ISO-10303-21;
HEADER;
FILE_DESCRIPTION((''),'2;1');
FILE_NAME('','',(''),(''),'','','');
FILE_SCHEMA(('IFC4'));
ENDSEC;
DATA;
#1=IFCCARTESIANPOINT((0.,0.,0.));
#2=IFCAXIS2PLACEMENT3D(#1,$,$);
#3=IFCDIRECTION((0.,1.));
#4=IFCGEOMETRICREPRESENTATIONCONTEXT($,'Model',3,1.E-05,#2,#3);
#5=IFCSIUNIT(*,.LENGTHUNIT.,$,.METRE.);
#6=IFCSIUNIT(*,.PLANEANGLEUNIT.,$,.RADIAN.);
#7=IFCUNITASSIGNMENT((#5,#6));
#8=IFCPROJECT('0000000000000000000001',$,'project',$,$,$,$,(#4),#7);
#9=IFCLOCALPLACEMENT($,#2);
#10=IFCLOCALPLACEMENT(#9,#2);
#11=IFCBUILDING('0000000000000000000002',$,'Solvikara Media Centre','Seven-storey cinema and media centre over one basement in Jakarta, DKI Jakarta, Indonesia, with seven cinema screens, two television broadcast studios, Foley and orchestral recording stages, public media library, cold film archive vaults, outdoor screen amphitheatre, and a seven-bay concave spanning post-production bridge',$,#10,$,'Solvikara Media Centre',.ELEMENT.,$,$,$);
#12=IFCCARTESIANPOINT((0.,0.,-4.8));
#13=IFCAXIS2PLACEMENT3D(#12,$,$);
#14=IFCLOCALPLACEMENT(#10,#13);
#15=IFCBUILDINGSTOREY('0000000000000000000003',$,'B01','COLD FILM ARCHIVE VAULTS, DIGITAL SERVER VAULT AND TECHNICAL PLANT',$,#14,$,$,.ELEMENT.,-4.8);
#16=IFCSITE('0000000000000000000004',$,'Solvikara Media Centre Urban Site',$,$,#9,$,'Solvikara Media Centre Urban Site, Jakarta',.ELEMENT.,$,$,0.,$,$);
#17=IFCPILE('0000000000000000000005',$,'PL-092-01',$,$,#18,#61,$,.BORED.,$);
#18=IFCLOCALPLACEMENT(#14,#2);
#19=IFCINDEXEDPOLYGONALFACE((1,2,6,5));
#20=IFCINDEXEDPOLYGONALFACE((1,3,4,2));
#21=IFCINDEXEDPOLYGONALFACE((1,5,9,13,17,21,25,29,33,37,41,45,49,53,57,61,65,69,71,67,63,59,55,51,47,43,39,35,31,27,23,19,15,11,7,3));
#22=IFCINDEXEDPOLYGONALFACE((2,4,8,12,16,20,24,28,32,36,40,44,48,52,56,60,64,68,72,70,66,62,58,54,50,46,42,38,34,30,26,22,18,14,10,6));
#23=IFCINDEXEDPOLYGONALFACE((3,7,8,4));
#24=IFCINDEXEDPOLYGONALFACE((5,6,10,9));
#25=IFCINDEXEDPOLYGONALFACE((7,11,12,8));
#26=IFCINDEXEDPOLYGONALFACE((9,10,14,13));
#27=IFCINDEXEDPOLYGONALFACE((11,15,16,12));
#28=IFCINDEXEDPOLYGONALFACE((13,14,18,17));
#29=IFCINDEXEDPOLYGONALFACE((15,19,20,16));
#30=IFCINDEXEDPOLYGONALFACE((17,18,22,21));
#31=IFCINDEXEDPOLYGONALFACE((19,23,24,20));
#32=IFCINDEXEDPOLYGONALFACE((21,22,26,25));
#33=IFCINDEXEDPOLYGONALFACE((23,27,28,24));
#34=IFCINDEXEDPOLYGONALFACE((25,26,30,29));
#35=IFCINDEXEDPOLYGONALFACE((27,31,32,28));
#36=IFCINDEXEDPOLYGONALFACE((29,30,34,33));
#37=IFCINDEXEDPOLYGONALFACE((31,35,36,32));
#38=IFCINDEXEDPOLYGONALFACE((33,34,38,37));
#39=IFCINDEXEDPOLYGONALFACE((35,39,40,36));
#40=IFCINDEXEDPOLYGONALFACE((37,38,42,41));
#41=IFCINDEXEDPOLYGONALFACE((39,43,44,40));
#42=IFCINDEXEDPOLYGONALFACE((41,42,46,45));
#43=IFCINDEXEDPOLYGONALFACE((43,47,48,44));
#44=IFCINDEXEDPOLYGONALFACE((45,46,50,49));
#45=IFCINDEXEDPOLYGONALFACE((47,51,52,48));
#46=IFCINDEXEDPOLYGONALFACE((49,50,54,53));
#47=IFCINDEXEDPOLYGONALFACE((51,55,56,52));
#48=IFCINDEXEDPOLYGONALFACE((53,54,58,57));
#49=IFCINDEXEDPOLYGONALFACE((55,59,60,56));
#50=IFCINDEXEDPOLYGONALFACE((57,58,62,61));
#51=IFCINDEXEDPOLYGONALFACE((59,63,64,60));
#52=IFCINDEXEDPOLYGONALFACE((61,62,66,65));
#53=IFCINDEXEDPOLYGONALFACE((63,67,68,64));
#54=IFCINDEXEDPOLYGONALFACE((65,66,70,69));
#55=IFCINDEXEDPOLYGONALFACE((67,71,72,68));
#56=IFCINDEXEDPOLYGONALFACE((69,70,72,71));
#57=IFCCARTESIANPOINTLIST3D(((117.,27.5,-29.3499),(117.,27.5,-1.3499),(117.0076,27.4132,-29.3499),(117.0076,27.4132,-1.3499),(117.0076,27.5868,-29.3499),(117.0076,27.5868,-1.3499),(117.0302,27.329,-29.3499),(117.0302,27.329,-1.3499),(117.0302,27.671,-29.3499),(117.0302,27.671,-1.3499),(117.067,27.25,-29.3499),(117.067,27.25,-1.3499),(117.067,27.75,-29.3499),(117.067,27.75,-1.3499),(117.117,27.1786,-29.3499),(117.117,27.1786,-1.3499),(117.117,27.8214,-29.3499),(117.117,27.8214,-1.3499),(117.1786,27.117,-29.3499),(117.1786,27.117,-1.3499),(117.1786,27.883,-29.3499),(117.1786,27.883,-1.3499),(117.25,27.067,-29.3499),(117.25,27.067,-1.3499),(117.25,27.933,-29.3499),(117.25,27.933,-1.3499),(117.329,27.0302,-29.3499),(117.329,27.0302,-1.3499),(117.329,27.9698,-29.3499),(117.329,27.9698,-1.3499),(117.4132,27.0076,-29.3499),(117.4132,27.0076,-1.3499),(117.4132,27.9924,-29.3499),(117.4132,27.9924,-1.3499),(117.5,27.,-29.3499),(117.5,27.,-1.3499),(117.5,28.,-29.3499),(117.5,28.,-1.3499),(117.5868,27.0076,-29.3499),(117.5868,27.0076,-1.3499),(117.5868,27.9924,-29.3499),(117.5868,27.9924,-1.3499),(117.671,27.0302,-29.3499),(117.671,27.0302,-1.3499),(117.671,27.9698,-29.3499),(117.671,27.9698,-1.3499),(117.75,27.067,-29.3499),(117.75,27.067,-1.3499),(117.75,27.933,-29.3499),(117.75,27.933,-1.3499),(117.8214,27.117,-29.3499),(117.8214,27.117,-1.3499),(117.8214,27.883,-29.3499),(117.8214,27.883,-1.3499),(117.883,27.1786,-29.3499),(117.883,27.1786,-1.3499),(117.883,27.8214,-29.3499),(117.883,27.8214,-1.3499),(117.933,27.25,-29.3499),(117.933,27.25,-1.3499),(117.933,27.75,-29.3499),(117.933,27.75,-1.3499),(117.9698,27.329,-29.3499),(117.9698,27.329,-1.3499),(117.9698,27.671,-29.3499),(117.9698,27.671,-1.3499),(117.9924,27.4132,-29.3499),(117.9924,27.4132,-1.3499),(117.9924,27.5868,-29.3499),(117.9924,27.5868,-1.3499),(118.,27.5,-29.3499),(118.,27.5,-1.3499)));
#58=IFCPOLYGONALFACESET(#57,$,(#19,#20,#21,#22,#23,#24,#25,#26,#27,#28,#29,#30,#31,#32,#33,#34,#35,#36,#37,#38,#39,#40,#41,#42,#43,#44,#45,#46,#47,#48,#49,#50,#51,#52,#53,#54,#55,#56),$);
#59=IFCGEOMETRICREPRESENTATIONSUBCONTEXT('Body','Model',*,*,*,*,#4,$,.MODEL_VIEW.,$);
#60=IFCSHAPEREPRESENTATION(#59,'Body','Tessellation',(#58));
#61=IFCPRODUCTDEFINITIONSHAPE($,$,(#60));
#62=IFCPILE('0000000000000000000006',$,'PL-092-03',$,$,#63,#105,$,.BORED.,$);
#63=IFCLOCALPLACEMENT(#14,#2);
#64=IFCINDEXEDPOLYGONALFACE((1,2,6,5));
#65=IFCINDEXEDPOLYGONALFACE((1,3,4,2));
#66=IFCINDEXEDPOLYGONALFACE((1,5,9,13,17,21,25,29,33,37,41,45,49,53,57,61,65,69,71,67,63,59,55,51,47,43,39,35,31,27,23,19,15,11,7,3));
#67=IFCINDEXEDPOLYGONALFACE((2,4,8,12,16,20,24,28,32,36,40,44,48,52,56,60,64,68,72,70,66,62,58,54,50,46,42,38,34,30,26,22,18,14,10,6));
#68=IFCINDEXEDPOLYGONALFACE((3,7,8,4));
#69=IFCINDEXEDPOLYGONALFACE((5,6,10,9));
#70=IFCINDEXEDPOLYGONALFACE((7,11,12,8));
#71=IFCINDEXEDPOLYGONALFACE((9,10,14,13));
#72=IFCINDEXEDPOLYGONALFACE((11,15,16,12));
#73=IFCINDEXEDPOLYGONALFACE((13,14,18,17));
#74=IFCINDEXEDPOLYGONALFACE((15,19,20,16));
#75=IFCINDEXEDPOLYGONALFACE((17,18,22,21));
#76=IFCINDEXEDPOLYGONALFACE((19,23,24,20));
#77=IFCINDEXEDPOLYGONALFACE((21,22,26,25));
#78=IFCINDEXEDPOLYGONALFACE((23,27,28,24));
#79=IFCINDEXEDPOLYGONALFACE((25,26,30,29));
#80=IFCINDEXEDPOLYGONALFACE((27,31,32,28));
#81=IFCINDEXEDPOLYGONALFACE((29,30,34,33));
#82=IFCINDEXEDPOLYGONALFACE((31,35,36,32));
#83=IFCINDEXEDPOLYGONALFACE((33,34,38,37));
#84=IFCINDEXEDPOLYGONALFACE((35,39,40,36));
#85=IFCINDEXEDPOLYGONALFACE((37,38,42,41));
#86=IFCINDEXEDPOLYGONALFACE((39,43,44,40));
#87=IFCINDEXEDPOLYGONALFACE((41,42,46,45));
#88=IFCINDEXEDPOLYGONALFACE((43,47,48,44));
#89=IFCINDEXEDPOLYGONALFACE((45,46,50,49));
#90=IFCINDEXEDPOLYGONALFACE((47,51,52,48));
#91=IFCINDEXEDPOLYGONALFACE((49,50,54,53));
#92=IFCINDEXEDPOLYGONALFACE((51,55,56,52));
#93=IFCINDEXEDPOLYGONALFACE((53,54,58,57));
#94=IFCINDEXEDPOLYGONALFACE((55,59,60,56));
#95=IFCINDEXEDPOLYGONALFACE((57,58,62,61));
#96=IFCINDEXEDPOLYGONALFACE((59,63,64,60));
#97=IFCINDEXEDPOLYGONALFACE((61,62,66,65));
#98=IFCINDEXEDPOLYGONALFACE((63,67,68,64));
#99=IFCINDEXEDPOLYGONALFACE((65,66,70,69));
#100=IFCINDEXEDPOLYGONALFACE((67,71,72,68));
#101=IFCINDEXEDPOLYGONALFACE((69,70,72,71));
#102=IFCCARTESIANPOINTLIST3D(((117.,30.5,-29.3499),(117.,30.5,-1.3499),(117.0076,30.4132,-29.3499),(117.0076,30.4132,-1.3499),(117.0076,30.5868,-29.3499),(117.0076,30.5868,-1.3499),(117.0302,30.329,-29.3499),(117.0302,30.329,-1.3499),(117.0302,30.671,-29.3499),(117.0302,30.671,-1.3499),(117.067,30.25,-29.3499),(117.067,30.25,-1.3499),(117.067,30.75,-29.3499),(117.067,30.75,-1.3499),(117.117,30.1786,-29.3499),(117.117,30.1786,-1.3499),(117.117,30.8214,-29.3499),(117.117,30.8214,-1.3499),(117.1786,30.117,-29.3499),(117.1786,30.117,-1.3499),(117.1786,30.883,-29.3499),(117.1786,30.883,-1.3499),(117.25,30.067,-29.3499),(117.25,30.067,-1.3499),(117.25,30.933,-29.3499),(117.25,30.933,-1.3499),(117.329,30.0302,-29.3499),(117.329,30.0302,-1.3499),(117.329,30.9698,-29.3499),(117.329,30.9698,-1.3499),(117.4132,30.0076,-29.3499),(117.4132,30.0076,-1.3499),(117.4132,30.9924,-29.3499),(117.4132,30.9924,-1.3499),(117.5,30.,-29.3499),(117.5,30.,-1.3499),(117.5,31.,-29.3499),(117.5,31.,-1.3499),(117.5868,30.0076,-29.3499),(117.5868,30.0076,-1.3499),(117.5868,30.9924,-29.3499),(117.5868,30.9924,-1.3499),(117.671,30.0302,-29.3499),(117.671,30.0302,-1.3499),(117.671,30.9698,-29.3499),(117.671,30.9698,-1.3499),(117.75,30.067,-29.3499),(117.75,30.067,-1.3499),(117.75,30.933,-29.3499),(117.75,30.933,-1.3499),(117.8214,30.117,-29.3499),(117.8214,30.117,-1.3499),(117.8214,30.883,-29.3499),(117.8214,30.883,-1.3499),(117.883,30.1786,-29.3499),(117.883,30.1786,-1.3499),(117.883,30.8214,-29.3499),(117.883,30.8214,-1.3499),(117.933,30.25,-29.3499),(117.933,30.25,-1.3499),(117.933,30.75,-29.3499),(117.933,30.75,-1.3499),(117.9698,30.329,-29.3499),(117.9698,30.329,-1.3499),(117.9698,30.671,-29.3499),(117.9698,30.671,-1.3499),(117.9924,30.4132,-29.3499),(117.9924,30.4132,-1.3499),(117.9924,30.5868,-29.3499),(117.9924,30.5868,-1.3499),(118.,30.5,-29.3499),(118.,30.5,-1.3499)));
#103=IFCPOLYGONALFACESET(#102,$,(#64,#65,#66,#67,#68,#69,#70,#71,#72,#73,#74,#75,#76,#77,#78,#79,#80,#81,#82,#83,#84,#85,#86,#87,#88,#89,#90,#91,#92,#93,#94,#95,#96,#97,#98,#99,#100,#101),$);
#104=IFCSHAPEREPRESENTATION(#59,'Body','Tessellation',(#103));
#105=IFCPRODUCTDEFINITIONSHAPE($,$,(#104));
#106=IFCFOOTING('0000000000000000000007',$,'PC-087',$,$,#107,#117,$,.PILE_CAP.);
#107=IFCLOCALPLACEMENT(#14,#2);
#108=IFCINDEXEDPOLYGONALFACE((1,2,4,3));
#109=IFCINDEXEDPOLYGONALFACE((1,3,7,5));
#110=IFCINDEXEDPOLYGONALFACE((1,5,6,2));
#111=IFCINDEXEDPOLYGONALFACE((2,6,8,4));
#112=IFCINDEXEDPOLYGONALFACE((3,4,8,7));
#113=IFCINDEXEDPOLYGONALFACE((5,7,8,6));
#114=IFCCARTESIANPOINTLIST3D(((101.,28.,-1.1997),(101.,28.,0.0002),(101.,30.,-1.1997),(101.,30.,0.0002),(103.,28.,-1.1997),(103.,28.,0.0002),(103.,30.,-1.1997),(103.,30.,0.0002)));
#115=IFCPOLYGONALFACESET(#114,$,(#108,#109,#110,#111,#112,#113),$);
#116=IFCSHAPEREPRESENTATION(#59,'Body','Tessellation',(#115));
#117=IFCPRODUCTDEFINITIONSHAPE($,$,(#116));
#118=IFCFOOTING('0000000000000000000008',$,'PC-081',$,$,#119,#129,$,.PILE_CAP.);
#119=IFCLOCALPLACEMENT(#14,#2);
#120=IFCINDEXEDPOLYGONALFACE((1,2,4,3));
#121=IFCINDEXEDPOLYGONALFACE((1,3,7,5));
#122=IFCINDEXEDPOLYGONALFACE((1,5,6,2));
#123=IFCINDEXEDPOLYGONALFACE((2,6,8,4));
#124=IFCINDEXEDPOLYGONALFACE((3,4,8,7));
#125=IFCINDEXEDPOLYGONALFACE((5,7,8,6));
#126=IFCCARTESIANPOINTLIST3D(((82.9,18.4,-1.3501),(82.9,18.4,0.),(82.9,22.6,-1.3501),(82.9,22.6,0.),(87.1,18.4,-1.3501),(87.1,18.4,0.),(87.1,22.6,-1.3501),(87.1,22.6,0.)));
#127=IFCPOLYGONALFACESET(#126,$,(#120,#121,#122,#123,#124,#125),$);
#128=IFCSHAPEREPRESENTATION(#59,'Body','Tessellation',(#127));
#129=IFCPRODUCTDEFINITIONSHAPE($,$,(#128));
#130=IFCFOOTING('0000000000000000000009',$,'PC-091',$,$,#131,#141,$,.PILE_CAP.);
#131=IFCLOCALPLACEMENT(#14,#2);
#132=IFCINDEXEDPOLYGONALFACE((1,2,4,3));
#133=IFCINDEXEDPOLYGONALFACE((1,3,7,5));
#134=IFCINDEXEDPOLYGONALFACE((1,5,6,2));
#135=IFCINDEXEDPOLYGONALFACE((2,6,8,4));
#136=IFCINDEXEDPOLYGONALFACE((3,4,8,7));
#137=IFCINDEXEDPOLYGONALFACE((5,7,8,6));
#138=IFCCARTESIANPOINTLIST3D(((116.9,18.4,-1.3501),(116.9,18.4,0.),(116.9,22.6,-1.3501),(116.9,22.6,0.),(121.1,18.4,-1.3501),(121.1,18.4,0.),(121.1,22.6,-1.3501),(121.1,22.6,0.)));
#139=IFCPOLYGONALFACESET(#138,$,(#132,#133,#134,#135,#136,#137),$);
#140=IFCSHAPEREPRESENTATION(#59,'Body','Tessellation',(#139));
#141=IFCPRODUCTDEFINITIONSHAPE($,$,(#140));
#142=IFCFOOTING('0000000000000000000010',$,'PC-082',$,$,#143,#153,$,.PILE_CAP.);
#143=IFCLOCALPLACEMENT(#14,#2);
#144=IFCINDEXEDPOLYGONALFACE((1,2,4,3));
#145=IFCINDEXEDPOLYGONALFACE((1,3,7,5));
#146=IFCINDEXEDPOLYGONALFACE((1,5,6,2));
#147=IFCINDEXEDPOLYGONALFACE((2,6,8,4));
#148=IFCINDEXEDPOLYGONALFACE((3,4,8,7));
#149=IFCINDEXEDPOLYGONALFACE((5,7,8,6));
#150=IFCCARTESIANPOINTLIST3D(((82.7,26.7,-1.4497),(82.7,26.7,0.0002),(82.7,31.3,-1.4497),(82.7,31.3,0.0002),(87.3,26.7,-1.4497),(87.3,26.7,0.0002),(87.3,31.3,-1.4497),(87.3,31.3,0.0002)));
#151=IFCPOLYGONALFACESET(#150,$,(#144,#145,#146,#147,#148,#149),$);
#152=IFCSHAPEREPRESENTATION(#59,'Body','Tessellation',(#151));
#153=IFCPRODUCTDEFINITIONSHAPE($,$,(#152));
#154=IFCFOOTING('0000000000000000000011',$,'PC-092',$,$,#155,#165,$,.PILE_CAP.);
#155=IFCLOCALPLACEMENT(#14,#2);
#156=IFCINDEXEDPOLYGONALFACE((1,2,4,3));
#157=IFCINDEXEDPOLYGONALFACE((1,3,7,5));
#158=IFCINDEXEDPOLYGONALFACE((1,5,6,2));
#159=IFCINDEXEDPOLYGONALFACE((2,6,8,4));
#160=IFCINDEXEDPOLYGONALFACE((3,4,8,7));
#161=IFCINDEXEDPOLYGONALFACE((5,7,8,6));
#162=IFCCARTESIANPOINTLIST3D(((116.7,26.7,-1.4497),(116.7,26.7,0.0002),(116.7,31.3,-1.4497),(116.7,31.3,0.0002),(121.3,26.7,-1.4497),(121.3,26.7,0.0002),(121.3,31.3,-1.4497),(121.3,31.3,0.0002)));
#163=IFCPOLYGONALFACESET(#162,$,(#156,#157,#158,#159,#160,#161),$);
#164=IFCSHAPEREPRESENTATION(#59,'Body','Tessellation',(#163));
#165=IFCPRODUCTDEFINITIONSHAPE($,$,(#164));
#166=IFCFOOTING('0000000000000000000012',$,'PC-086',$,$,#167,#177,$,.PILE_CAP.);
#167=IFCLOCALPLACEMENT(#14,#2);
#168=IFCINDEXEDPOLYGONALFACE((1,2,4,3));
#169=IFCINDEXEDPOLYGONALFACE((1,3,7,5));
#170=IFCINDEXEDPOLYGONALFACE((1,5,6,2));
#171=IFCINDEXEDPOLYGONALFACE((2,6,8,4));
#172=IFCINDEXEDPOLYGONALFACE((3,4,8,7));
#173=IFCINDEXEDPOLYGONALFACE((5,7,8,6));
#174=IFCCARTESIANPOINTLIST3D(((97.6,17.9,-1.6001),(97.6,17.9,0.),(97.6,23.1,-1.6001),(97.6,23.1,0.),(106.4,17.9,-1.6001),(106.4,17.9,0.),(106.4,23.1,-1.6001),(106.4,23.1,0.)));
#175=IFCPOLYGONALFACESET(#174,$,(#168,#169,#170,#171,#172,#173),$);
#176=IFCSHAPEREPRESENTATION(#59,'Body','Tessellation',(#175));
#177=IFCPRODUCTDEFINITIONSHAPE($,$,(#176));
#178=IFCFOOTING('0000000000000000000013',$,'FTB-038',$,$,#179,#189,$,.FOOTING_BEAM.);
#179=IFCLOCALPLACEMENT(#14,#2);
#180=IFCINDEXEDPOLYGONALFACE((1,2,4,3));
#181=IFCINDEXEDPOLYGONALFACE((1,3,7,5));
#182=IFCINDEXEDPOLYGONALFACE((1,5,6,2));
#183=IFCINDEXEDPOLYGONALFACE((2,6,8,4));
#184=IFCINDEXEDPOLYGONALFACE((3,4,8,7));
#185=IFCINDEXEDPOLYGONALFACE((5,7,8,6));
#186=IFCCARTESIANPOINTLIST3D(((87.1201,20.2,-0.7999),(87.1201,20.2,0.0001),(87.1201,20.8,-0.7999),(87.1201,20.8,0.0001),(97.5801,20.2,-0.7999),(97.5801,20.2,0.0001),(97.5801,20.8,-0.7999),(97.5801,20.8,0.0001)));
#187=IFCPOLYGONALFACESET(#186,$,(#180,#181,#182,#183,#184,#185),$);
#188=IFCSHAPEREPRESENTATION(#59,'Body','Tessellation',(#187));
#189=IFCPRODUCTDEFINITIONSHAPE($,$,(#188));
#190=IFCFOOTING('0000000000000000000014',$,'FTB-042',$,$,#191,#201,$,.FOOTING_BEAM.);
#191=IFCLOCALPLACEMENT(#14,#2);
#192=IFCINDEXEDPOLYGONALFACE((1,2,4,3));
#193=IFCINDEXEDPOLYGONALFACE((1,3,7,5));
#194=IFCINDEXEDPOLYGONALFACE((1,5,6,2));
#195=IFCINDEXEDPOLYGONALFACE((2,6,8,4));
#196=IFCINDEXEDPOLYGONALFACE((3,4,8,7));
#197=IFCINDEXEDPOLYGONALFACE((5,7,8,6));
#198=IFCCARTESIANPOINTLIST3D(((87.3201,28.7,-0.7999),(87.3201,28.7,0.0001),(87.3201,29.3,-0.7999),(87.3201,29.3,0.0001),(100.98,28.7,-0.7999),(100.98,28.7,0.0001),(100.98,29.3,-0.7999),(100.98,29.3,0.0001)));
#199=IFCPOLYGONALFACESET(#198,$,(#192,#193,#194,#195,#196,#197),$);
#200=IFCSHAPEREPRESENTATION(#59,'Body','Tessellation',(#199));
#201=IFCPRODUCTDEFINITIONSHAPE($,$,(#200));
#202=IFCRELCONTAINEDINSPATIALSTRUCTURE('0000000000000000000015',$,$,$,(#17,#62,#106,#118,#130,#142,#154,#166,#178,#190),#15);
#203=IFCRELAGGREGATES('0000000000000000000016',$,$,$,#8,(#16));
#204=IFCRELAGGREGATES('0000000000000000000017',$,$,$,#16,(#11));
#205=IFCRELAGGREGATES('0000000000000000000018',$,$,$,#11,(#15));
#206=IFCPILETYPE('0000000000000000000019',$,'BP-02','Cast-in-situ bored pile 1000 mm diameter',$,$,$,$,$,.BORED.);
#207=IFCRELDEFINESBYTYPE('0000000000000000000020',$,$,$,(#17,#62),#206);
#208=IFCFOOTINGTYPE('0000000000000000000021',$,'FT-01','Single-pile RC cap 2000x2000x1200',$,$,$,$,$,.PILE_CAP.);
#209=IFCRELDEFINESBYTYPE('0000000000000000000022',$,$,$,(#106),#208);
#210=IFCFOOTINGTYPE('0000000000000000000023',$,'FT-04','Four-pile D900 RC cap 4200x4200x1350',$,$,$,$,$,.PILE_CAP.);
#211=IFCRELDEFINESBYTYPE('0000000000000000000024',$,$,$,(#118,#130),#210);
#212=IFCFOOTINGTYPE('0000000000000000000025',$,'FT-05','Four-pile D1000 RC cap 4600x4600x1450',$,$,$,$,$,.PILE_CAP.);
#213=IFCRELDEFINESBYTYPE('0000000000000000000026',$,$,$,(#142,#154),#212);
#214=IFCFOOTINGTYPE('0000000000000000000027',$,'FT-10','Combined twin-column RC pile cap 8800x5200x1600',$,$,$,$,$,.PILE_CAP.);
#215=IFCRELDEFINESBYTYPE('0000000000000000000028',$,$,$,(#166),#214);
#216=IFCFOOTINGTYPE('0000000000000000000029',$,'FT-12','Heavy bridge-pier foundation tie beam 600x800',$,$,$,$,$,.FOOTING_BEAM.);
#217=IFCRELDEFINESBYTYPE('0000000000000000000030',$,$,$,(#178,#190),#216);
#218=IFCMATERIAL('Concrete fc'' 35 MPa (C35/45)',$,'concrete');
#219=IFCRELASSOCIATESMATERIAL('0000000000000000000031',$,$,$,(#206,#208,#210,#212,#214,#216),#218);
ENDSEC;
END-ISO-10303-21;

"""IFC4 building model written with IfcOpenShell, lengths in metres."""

from ifc_helpers import new_model, si_unit, direction, frame, origin, origin_2d, place, context, subcontext, project, spatial, rectangle, circle, extrude, material, material_profile, profile_set, type_object, element, save


model = new_model("IFC4")

# Units and contexts
model_context = context("Model", 3, precision=1e-05, world=origin(), true_north=direction((0.0, 1.0)))
body_context = subcontext(model_context, "Body", "Model", "MODEL_VIEW")
ifc_project = project(units=[si_unit("LENGTHUNIT", "METRE"), si_unit("PLANEANGLEUNIT", "RADIAN")], contexts=[model_context])

# Site, building, storey
site_placement = place(None, origin())
site = spatial("IfcSite", under=ifc_project, at=site_placement, Name="Solvikara Media Centre Urban Site", LongName="Solvikara Media Centre Urban Site, Jakarta", CompositionType="ELEMENT", RefElevation=0.0)
building_placement = place(site_placement, origin())
building = spatial("IfcBuilding", under=site, at=building_placement, Name="Solvikara Media Centre", Description="Seven-storey cinema and media centre over one basement in Jakarta, DKI Jakarta, Indonesia, with seven cinema screens, two television broadcast studios, Foley and orchestral recording stages, public media library, cold film archive vaults, outdoor screen amphitheatre, and a seven-bay concave spanning post-production bridge", LongName="Solvikara Media Centre", CompositionType="ELEMENT")
storey_placement = place(building_placement, frame((0.0, 0.0, -4.8)))
storey = spatial("IfcBuildingStorey", under=building, at=storey_placement, Name="B01", Description="COLD FILM ARCHIVE VAULTS, DIGITAL SERVER VAULT AND TECHNICAL PLANT", CompositionType="ELEMENT", Elevation=-4.8)

# Piles
ifc_material_1 = material(Name="Concrete fc' 35 MPa (C35/45)", Category="concrete")
ifc_material_profile_1 = material_profile(ifc_material_1, circle(Radius=0.5, at=origin_2d()), Name="BORED PILE D1000")
ifc_profile_set_1 = profile_set([ifc_material_profile_1], Name="Concrete fc' 35 MPa (C35/45)")
pile_type_1 = type_object("IfcPileType", Name="BP-02", Description="Cast-in-situ bored pile 1000 mm diameter", PredefinedType="BORED", material=ifc_profile_set_1)
for number, where, z_axis, x_axis, name in (
    (1, (117.5, 27.5, -1.3499), (0.0, 0.0, -1.0), (1.0, 0.0, 0.0), "PL-092-01"),
    (2, (117.5, 30.5, -1.3499), (0.0, 0.0, -1.0), (1.0, 0.0, 0.0), "PL-092-03"),
):
    element("IfcPile", number, at=place(storey_placement, frame(where, z_axis=z_axis, x_axis=x_axis)), inside=storey, type_object=pile_type_1, Name=name, PredefinedType="BORED", context=body_context, shape_type="SweptSolid", body=[
        extrude(circle(Radius=0.5, at=origin_2d()), origin(), (0.0, 0.0, 1.0), 28.0),
    ])

# Footings
footing_type_1 = type_object("IfcFootingType", Name="FT-01", Description="Single-pile RC cap 2000x2000x1200", PredefinedType="PILE_CAP", material=ifc_material_1)
footing_1_placement = place(storey_placement, frame((102.0, 29.0, -1.1997), z_axis=(0.0, 0.0, 1.0), x_axis=(1.0, 0.0, 0.0)))
element("IfcFooting", 3, at=footing_1_placement, inside=storey, type_object=footing_type_1, Name="PC-087", PredefinedType="PILE_CAP", context=body_context, shape_type="SweptSolid", body=[
    extrude(rectangle(XDim=2.0, YDim=2.0, at=origin_2d()), origin(), (0.0, 0.0, 1.0), 1.2),
])
footing_type_2 = type_object("IfcFootingType", Name="FT-04", Description="Four-pile D900 RC cap 4200x4200x1350", PredefinedType="PILE_CAP", material=ifc_material_1)
for number, where, z_axis, x_axis, name in (
    (4, (85.0, 20.5, -1.3501), (0.0, 0.0, 1.0), (1.0, 0.0, 0.0), "PC-081"),
    (5, (119.0, 20.5, -1.3501), (0.0, 0.0, 1.0), (1.0, 0.0, 0.0), "PC-091"),
):
    element("IfcFooting", number, at=place(storey_placement, frame(where, z_axis=z_axis, x_axis=x_axis)), inside=storey, type_object=footing_type_2, Name=name, PredefinedType="PILE_CAP", context=body_context, shape_type="SweptSolid", body=[
        extrude(rectangle(XDim=4.2, YDim=4.2, at=origin_2d()), origin(), (0.0, 0.0, 1.0), 1.3501),
    ])
footing_type_3 = type_object("IfcFootingType", Name="FT-05", Description="Four-pile D1000 RC cap 4600x4600x1450", PredefinedType="PILE_CAP", material=ifc_material_1)
for number, where, z_axis, x_axis, name in (
    (6, (85.0, 29.0, -1.4497), (0.0, 0.0, 1.0), (1.0, 0.0, 0.0), "PC-082"),
    (7, (119.0, 29.0, -1.4497), (0.0, 0.0, 1.0), (1.0, 0.0, 0.0), "PC-092"),
):
    element("IfcFooting", number, at=place(storey_placement, frame(where, z_axis=z_axis, x_axis=x_axis)), inside=storey, type_object=footing_type_3, Name=name, PredefinedType="PILE_CAP", context=body_context, shape_type="SweptSolid", body=[
        extrude(rectangle(XDim=4.6001, YDim=4.6001, at=origin_2d()), origin(), (0.0, 0.0, 1.0), 1.45),
    ])
footing_type_4 = type_object("IfcFootingType", Name="FT-10", Description="Combined twin-column RC pile cap 8800x5200x1600", PredefinedType="PILE_CAP", material=ifc_material_1)
footing_2_placement = place(storey_placement, frame((102.0, 20.5, -1.6001), z_axis=(0.0, 0.0, 1.0), x_axis=(1.0, 0.0, 0.0)))
element("IfcFooting", 8, at=footing_2_placement, inside=storey, type_object=footing_type_4, Name="PC-086", PredefinedType="PILE_CAP", context=body_context, shape_type="SweptSolid", body=[
    extrude(rectangle(XDim=8.8, YDim=5.2, at=origin_2d()), origin(), (0.0, 0.0, 1.0), 1.6001),
])
ifc_material_profile_2 = material_profile(ifc_material_1, rectangle(XDim=0.6001, YDim=0.8, at=origin_2d()), Name="RC 600x800")
ifc_profile_set_2 = profile_set([ifc_material_profile_2], Name="Concrete fc' 35 MPa (C35/45)")
footing_type_5 = type_object("IfcFootingType", Name="FT-12", Description="Heavy bridge-pier foundation tie beam 600x800", PredefinedType="FOOTING_BEAM", material=ifc_profile_set_2)
footing_3_placement = place(storey_placement, frame((87.1201, 20.5, -0.3999), z_axis=(1.0, 0.0, 0.0), x_axis=(0.0, 1.0, 0.0)))
element("IfcFooting", 9, at=footing_3_placement, inside=storey, type_object=footing_type_5, Name="FTB-038", PredefinedType="FOOTING_BEAM", context=body_context, shape_type="SweptSolid", body=[
    extrude(rectangle(XDim=0.6001, YDim=0.8, at=origin_2d()), origin(), (0.0, 0.0, 1.0), 10.46),
])
footing_4_placement = place(storey_placement, frame((87.3201, 29.0, -0.3999), z_axis=(1.0, 0.0, 0.0), x_axis=(0.0, 1.0, 0.0)))
element("IfcFooting", 10, at=footing_4_placement, inside=storey, type_object=footing_type_5, Name="FTB-042", PredefinedType="FOOTING_BEAM", context=body_context, shape_type="SweptSolid", body=[
    extrude(rectangle(XDim=0.6001, YDim=0.8, at=origin_2d()), origin(), (0.0, 0.0, 1.0), 13.6599),
])

save(model, "model.ifc")
